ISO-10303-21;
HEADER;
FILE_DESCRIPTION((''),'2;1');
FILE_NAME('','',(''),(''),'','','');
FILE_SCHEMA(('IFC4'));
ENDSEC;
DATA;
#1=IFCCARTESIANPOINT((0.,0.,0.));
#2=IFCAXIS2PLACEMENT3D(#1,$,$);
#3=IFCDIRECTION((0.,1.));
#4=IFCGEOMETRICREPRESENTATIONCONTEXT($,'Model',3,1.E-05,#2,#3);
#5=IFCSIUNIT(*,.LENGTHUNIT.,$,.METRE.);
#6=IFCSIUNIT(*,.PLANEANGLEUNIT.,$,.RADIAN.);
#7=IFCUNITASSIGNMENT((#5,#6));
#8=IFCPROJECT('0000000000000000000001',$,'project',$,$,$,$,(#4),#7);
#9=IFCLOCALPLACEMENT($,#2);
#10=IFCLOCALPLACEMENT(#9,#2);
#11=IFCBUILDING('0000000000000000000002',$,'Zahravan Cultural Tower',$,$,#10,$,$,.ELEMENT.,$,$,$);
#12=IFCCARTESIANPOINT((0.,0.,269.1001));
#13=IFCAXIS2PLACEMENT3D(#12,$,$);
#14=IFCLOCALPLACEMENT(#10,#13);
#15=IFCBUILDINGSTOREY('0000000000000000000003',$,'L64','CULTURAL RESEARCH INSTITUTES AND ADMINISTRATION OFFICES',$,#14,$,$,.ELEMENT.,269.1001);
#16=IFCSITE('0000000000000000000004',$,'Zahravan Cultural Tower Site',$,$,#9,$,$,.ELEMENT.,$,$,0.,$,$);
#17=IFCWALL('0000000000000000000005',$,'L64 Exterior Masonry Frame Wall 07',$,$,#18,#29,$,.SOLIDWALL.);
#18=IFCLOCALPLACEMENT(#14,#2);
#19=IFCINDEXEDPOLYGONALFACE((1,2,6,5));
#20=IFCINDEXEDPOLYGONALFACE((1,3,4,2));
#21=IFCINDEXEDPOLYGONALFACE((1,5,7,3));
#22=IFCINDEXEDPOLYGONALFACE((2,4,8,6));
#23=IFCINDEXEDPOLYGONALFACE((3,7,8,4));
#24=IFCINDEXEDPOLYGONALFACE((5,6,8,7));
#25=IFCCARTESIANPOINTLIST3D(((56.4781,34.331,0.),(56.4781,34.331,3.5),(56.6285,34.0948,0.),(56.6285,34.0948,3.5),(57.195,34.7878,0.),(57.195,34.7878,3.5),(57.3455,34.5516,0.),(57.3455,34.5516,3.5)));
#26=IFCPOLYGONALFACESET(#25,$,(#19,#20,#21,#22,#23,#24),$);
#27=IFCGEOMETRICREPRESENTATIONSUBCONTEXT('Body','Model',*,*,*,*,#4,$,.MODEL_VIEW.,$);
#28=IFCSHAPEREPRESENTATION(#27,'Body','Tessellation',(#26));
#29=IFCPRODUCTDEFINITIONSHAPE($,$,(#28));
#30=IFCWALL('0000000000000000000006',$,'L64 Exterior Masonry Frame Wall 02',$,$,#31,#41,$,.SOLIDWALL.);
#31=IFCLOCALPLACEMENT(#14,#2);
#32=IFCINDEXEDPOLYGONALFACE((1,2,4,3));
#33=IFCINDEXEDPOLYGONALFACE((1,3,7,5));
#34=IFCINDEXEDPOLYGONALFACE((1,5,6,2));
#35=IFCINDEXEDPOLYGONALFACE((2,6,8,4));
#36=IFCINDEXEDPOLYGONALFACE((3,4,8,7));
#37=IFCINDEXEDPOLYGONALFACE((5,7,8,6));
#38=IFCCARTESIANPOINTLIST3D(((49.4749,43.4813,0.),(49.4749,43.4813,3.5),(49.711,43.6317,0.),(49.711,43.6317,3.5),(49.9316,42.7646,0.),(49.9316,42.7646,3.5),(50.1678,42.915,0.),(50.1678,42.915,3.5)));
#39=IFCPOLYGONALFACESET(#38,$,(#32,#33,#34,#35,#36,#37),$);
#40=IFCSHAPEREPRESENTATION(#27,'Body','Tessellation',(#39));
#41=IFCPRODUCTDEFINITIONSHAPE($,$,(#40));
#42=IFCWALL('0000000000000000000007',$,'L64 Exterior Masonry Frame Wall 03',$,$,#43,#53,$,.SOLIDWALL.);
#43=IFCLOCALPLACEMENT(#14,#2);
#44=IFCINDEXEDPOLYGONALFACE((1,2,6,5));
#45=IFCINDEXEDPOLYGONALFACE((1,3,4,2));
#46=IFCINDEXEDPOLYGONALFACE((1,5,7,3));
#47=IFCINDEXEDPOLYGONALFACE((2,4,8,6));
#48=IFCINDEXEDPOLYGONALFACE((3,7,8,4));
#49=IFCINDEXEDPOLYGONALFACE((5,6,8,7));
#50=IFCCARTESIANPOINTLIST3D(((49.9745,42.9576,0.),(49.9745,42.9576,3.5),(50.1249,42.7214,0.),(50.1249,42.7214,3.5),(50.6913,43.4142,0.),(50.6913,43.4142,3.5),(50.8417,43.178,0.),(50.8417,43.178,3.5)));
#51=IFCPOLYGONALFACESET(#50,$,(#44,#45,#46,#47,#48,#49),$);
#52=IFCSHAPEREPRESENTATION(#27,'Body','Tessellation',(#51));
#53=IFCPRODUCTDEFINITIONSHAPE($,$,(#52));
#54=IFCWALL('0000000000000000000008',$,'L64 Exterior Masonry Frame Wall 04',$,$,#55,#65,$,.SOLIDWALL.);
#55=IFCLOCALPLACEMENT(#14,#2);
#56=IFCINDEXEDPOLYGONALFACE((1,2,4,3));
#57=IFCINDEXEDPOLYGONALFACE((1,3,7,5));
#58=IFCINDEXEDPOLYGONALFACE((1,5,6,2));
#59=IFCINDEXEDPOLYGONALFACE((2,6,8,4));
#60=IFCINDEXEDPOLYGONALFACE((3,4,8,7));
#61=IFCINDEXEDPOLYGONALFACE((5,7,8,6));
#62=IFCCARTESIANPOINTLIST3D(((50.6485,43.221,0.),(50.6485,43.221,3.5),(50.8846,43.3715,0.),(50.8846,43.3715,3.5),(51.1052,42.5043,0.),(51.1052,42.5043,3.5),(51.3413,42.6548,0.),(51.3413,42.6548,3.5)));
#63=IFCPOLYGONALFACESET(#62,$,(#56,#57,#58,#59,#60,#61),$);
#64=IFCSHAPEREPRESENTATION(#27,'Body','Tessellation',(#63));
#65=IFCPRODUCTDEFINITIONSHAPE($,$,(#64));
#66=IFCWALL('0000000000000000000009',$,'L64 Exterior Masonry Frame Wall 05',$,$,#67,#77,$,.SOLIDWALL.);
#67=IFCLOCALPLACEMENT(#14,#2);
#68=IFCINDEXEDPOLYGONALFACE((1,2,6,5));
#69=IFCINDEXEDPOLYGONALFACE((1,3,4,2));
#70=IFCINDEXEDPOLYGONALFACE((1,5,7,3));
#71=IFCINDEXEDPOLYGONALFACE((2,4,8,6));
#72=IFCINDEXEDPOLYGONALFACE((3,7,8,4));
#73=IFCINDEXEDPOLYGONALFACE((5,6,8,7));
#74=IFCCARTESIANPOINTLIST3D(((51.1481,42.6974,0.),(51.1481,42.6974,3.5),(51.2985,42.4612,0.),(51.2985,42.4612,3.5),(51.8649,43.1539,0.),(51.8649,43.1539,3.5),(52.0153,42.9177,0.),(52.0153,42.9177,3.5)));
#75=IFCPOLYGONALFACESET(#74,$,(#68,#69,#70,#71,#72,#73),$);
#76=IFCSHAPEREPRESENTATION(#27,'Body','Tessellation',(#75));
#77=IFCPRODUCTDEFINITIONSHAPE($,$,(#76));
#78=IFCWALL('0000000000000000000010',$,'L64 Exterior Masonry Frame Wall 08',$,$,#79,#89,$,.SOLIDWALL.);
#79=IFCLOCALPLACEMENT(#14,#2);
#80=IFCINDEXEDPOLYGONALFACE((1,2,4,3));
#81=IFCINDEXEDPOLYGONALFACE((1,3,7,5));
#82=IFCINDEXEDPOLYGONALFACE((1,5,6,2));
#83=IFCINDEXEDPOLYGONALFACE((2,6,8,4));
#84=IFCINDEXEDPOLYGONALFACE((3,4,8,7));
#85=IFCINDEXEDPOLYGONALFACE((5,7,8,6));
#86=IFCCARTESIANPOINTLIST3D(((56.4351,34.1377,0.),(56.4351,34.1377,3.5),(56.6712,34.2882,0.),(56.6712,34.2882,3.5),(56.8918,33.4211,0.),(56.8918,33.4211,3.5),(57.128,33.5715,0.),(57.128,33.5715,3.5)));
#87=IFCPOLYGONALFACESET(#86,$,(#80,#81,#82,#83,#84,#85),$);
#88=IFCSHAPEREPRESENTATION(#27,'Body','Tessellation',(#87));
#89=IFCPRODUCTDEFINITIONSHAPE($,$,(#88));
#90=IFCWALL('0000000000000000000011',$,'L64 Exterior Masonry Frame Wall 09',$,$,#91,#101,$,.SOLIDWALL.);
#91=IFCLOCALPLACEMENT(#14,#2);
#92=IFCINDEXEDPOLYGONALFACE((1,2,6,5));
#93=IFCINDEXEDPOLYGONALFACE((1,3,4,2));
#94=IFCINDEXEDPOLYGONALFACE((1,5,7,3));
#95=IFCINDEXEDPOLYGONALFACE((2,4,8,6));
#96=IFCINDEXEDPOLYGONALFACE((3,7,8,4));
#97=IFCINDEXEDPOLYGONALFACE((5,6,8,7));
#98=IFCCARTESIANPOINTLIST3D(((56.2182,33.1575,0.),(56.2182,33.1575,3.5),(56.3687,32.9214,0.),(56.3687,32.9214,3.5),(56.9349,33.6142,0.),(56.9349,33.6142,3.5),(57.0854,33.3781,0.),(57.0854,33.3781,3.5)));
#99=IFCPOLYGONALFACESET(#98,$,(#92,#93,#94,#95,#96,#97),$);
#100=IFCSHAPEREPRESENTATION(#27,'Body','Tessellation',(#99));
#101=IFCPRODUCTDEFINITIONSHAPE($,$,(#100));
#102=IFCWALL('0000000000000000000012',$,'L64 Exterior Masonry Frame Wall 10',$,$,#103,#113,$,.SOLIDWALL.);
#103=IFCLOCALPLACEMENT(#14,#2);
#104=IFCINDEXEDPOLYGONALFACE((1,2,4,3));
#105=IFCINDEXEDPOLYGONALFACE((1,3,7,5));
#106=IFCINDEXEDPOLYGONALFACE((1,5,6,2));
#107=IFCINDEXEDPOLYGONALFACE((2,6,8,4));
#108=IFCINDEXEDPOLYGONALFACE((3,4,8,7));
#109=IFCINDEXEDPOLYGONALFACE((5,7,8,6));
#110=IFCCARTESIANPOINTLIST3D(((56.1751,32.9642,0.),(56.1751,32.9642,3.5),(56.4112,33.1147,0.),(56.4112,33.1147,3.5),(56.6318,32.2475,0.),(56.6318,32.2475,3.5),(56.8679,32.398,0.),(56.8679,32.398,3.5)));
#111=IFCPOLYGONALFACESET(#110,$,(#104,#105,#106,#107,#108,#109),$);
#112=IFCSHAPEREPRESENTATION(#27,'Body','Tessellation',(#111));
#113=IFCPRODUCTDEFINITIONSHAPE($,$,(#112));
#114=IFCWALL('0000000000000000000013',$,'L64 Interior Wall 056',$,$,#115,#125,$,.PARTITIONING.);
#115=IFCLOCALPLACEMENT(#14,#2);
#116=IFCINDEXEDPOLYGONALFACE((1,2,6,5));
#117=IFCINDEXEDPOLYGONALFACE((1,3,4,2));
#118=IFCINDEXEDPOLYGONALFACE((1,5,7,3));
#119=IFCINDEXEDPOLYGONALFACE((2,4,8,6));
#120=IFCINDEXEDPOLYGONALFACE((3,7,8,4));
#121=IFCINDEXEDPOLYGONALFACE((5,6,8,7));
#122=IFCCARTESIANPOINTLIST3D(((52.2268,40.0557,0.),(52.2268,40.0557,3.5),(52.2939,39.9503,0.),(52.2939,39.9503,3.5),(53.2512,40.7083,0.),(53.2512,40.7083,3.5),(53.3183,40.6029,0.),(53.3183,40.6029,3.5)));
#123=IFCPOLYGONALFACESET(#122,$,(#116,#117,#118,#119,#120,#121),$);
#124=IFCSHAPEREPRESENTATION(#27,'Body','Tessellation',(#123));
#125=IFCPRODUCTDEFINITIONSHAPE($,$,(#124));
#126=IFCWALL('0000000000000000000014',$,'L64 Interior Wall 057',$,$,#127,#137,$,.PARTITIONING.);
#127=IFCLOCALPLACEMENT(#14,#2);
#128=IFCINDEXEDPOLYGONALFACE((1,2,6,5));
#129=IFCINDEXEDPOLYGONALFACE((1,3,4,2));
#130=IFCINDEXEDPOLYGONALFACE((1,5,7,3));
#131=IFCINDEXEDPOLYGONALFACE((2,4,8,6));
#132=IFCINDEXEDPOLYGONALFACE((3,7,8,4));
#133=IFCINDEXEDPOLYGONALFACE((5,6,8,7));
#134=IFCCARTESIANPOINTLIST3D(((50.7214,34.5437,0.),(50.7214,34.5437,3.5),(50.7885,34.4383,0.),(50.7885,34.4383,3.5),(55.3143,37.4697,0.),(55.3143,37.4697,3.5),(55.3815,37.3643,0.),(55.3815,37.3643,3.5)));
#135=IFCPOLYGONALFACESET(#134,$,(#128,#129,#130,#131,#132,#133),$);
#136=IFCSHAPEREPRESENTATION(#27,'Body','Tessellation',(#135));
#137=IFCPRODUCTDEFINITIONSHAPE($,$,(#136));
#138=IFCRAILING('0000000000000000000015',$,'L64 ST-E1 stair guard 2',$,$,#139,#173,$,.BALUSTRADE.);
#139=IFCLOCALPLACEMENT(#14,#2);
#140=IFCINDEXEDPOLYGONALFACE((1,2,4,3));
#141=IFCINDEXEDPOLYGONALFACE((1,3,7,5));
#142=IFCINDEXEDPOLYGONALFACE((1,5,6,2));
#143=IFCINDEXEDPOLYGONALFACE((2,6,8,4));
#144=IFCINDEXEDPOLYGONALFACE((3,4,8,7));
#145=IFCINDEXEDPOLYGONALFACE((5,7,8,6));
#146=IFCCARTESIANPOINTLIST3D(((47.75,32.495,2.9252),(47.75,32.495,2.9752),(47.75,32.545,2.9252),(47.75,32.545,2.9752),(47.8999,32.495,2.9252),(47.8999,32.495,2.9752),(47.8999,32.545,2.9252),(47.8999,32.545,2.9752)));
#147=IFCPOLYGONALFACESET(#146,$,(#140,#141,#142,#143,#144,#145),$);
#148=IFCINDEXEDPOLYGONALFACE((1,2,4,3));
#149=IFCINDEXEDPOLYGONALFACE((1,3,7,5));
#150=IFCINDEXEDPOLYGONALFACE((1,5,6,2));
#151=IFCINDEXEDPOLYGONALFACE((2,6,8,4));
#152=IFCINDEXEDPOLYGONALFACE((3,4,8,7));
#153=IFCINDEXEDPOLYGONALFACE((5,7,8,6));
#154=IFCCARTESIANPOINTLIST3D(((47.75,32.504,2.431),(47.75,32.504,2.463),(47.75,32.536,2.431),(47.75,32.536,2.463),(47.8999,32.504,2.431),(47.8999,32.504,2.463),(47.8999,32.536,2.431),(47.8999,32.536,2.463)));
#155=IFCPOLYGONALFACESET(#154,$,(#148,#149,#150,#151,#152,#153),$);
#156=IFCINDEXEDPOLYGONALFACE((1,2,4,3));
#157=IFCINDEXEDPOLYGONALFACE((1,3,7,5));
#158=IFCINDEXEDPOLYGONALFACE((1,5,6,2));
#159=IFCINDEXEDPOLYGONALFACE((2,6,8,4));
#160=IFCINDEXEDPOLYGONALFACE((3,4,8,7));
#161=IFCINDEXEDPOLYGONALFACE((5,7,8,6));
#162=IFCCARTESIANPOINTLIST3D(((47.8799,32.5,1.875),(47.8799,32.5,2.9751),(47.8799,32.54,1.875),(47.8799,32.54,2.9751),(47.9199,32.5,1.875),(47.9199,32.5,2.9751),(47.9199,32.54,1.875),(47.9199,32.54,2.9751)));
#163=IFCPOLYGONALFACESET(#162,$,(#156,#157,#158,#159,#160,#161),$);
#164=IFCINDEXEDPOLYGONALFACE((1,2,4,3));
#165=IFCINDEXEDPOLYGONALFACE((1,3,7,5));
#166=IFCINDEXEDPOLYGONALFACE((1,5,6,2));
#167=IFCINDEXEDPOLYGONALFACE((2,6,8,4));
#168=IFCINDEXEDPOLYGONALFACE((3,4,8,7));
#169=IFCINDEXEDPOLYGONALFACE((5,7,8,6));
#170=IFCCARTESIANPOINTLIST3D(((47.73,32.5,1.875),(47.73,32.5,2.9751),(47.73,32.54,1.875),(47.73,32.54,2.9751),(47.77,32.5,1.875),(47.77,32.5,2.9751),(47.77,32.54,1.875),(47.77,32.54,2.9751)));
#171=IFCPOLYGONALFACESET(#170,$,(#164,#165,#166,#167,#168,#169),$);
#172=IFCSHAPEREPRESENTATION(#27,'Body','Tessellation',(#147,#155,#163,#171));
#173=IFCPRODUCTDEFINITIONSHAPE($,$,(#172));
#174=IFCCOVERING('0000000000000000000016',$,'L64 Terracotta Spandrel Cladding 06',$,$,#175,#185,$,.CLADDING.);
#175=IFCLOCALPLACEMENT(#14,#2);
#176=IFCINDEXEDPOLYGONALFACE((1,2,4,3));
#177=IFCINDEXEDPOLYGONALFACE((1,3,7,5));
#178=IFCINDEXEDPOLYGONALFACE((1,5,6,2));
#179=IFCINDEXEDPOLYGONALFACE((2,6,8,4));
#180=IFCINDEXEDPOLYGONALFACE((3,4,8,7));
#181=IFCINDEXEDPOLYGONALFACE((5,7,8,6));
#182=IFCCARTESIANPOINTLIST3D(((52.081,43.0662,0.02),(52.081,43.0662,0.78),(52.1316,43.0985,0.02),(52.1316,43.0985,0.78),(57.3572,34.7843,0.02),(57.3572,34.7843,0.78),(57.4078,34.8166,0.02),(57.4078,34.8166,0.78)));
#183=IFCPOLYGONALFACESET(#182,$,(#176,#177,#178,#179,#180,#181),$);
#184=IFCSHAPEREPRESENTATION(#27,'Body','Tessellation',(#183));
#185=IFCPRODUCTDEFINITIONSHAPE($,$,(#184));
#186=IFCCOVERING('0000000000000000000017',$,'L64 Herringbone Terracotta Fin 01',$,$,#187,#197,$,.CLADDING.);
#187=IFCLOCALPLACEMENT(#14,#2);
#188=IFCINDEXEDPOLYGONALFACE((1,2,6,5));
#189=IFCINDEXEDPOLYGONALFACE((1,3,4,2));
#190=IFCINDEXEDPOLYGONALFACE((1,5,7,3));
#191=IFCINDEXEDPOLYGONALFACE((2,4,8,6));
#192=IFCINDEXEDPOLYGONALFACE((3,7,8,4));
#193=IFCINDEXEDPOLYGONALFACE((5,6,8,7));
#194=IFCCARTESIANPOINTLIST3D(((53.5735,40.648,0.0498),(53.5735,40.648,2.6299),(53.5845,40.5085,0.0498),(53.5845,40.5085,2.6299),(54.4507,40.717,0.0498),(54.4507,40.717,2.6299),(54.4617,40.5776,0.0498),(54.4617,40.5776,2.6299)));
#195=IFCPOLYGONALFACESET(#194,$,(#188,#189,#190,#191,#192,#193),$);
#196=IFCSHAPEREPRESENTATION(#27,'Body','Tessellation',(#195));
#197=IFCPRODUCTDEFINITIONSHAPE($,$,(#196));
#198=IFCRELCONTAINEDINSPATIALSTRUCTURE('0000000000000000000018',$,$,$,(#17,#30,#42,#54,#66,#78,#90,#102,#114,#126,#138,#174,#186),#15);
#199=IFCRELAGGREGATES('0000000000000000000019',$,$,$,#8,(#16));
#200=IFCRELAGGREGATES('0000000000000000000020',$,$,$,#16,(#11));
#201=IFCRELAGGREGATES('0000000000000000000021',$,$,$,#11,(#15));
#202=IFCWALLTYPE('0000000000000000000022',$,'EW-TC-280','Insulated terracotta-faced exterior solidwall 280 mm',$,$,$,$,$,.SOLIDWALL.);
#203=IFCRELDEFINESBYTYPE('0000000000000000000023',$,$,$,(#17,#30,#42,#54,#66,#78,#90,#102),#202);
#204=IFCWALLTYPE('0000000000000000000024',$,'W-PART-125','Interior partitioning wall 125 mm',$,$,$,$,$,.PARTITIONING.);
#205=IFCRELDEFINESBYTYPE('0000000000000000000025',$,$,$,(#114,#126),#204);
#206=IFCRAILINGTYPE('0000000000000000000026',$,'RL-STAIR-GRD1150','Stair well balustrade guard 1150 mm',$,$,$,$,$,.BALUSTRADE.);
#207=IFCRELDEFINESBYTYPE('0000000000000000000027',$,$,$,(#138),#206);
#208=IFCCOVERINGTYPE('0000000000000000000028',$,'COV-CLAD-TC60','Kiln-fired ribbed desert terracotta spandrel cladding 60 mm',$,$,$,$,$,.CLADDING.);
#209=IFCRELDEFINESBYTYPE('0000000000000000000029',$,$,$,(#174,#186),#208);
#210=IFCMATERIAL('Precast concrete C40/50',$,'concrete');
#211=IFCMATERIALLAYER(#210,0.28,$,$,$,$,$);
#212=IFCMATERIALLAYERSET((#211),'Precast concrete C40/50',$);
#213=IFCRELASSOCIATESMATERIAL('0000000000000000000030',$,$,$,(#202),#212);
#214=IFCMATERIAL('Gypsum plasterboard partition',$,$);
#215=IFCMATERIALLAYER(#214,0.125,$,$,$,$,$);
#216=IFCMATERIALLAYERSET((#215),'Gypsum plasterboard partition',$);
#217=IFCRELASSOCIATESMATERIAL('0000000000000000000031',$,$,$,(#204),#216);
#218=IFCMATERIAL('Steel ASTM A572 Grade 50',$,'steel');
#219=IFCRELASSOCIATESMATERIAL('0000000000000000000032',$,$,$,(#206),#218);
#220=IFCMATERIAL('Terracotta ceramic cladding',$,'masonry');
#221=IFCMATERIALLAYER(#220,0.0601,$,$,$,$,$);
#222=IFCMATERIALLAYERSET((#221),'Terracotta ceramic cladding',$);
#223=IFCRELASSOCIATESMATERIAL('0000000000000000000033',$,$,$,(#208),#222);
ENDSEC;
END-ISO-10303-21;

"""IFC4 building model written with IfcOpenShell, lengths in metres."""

from ifc_helpers import new_model, si_unit, direction, frame, frame_2d, origin, origin_2d, place, context, subcontext, project, spatial, rectangle, extrude, source, transform, mapped, material, layer, layer_set, type_object, element, save


model = new_model("IFC4")

# Units and contexts
model_context = context("Model", 3, precision=1e-05, world=origin(), true_north=direction((0.0, 1.0)))
body_context = subcontext(model_context, "Body", "Model", "MODEL_VIEW")
ifc_project = project(units=[si_unit("LENGTHUNIT", "METRE"), si_unit("PLANEANGLEUNIT", "RADIAN")], contexts=[model_context])

# Site, building, storey
site_placement = place(None, origin())
site = spatial("IfcSite", under=ifc_project, at=site_placement, Name="Zahravan Cultural Tower Site", CompositionType="ELEMENT", RefElevation=0.0)
building_placement = place(site_placement, origin())
building = spatial("IfcBuilding", under=site, at=building_placement, Name="Zahravan Cultural Tower", CompositionType="ELEMENT")
storey_placement = place(building_placement, frame((0.0, 0.0, 269.1001)))
storey = spatial("IfcBuildingStorey", under=building, at=storey_placement, Name="L64", Description="CULTURAL RESEARCH INSTITUTES AND ADMINISTRATION OFFICES", CompositionType="ELEMENT", Elevation=269.1001)

# Shared definitions
ifc_material_1 = material(Name="Precast concrete C40/50", Category="concrete")
ifc_layer_1 = layer(ifc_material_1, 0.28)
ifc_layer_set_1 = layer_set([ifc_layer_1], Name="Precast concrete C40/50")
wall_type_1 = type_object("IfcWallType", Name="EW-TC-280", Description="Insulated terracotta-faced exterior solidwall 280 mm", PredefinedType="SOLIDWALL", material=ifc_layer_set_1)

# Shared definitions
ifc_material_2 = material(Name="Gypsum plasterboard partition")
ifc_layer_2 = layer(ifc_material_2, 0.125)
ifc_layer_set_2 = layer_set([ifc_layer_2], Name="Gypsum plasterboard partition")
wall_type_2 = type_object("IfcWallType", Name="W-PART-125", Description="Interior partitioning wall 125 mm", PredefinedType="PARTITIONING", material=ifc_layer_set_2)

# Walls
shared_shape_1 = source(origin(), body_context, "Body", "SweptSolid", [
    extrude(rectangle(XDim=0.8501, YDim=0.28, at=frame_2d((0.425, 0.0))), origin(), (0.0, 0.0, 1.0), 3.5),
])
wall_1_placement = place(storey_placement, frame((57.2703, 34.6697, 0.0), z_axis=(0.0, 0.0, 1.0), x_axis=(-0.843401, -0.537284, 0.0)))
element("IfcWall", 1, at=wall_1_placement, inside=storey, type_object=wall_type_1, Name="L64 Exterior Masonry Frame Wall 07", PredefinedType="SOLIDWALL", context=body_context, shape_type="MappedRepresentation", body=[
    mapped(shared_shape_1, transform((0.0, 0.0, 0.0), x_axis=(1.0, 0.0, 0.0), y_axis=(0.0, 1.0, 0.0), z_axis=(0.0, 0.0, 1.0), scale=1.0)),
])
shared_shape_2 = source(origin(), body_context, "Body", "SweptSolid", [
    extrude(rectangle(XDim=0.8499, YDim=0.28, at=frame_2d((0.4248, 0.0))), origin(), (0.0, 0.0, 1.0), 3.5),
])
for number, where, z_axis, x_axis, name in (
    (2, (49.593, 43.5564, 0.0), (0.0, 0.0, 1.0), (0.537414, -0.843318, 0.0), "L64 Exterior Masonry Frame Wall 02"),
    (3, (50.0498, 42.8396, 0.0), (0.0, 0.0, 1.0), (0.843448, 0.53721, 0.0), "L64 Exterior Masonry Frame Wall 03"),
    (4, (50.7666, 43.2961, 0.0), (0.0, 0.0, 1.0), (0.537414, -0.843318, 0.0), "L64 Exterior Masonry Frame Wall 04"),
    (5, (51.2234, 42.5793, 0.0), (0.0, 0.0, 1.0), (0.843448, 0.53721, 0.0), "L64 Exterior Masonry Frame Wall 05"),
    (6, (56.5532, 34.2129, 0.0), (0.0, 0.0, 1.0), (0.537414, -0.843318, 0.0), "L64 Exterior Masonry Frame Wall 08"),
    (7, (57.01, 33.4961, 0.0), (0.0, 0.0, 1.0), (-0.843318, -0.537414, 0.0), "L64 Exterior Masonry Frame Wall 09"),
    (8, (56.2932, 33.0393, 0.0), (0.0, 0.0, 1.0), (0.537414, -0.843318, 0.0), "L64 Exterior Masonry Frame Wall 10"),
):
    element("IfcWall", number, at=place(storey_placement, frame(where, z_axis=z_axis, x_axis=x_axis)), inside=storey, type_object=wall_type_1, Name=name, PredefinedType="SOLIDWALL", context=body_context, shape_type="MappedRepresentation", body=[
        mapped(shared_shape_2, transform((0.0, 0.0, 0.0), x_axis=(1.0, 0.0, 0.0), y_axis=(0.0, 1.0, 0.0), z_axis=(0.0, 0.0, 1.0), scale=1.0)),
    ])
shared_shape_3 = source(origin(), body_context, "Body", "SweptSolid", [
    extrude(rectangle(XDim=1.2146, YDim=0.125, at=frame_2d((0.6074, 0.0))), origin(), (0.0, 0.0, 1.0), 3.5),
])
wall_2_placement = place(storey_placement, frame((52.2603, 40.0029, 0.0), z_axis=(0.0, 0.0, 1.0), x_axis=(0.843405, 0.537279, 0.0)))
element("IfcWall", 9, at=wall_2_placement, inside=storey, type_object=wall_type_2, Name="L64 Interior Wall 056", PredefinedType="PARTITIONING", context=body_context, shape_type="MappedRepresentation", body=[
    mapped(shared_shape_3, transform((0.0, 0.0, 0.0), x_axis=(1.0, 0.0, 0.0), y_axis=(0.0, 1.0, 0.0), z_axis=(0.0, 0.0, 1.0), scale=1.0)),
])
shared_shape_4 = source(origin(), body_context, "Body", "SweptSolid", [
    extrude(rectangle(XDim=5.4458, YDim=0.125, at=frame_2d((2.7229, 0.0))), origin(), (0.0, 0.0, 1.0), 3.5),
])
wall_3_placement = place(storey_placement, frame((55.3479, 37.417, 0.0), z_axis=(0.0, 0.0, 1.0), x_axis=(-0.843396, -0.537293, 0.0)))
element("IfcWall", 10, at=wall_3_placement, inside=storey, type_object=wall_type_2, Name="L64 Interior Wall 057", PredefinedType="PARTITIONING", context=body_context, shape_type="MappedRepresentation", body=[
    mapped(shared_shape_4, transform((0.0, 0.0, 0.0), x_axis=(1.0, 0.0, 0.0), y_axis=(0.0, 1.0, 0.0), z_axis=(0.0, 0.0, 1.0), scale=1.0)),
])

# Railing
ifc_material_3 = material(Name="Steel ASTM A572 Grade 50", Category="steel")
railing_type = type_object("IfcRailingType", Name="RL-STAIR-GRD1150", Description="Stair well balustrade guard 1150 mm", PredefinedType="BALUSTRADE", material=ifc_material_3)
railing_placement = place(storey_placement, frame((47.8999, 32.52, 1.875)))
element("IfcRailing", 11, at=railing_placement, inside=storey, type_object=railing_type, Name="L64 ST-E1 stair guard 2", PredefinedType="BALUSTRADE", context=body_context, shape_type="SweptSolid", body=[
    extrude(rectangle(XDim=0.05, YDim=0.05, at=origin_2d()), frame((0.0, 0.0, 1.0752), z_axis=(-1.0, 0.0, 0.0), x_axis=(0.0, -1.0, 0.0)), (0.0, 0.0, 1.0), 0.1499),
    extrude(rectangle(XDim=0.032, YDim=0.032, at=origin_2d()), frame((0.0, 0.0, 0.572), z_axis=(-1.0, 0.0, 0.0), x_axis=(0.0, -1.0, 0.0)), (0.0, 0.0, 1.0), 0.1499),
    extrude(rectangle(XDim=0.04, YDim=0.04, at=origin_2d()), origin(), (0.0, 0.0, 1.0), 1.1001),
    extrude(rectangle(XDim=0.04, YDim=0.04, at=origin_2d()), frame((-0.1499, 0.0, 0.0)), (0.0, 0.0, 1.0), 1.1001),
])

# Coverings
ifc_material_4 = material(Name="Terracotta ceramic cladding", Category="masonry")
ifc_layer_3 = layer(ifc_material_4, 0.0601)
ifc_layer_set_3 = layer_set([ifc_layer_3], Name="Terracotta ceramic cladding")
covering_type = type_object("IfcCoveringType", Name="COV-CLAD-TC60", Description="Kiln-fired ribbed desert terracotta spandrel cladding 60 mm", PredefinedType="CLADDING", material=ifc_layer_set_3)
shared_shape_5 = source(origin(), body_context, "Body", "SweptSolid", [
    extrude(rectangle(XDim=9.8198, YDim=0.0601, at=origin_2d()), origin(), (0.0, 0.0, 1.0), 0.76),
])
covering_placement = place(storey_placement, frame((54.7444, 38.9414, 0.02), z_axis=(0.0, 0.0, 1.0), x_axis=(0.5373, -0.843391, 0.0)))
element("IfcCovering", 12, at=covering_placement, inside=storey, type_object=covering_type, Name="L64 Terracotta Spandrel Cladding 06", PredefinedType="CLADDING", context=body_context, shape_type="MappedRepresentation", body=[
    mapped(shared_shape_5, transform((0.0, 0.0, 0.0), x_axis=(1.0, 0.0, 0.0), y_axis=(0.0, 1.0, 0.0), z_axis=(0.0, 0.0, 1.0), scale=1.0)),
])
shared_shape_6 = source(origin(), body_context, "Body", "SweptSolid", [
    extrude(rectangle(XDim=0.8799, YDim=0.1399, at=origin_2d()), origin(), (0.0, 0.0, 1.0), 2.5801),
])
for number, where, z_axis, x_axis, name in (
    (13, (54.0176, 40.6128, 0.0498), (0.0, 0.0, 1.0), (0.996917, 0.078459, 0.0), "L64 Herringbone Terracotta Fin 01"),
):
    element("IfcCovering", number, at=place(storey_placement, frame(where, z_axis=z_axis, x_axis=x_axis)), inside=storey, type_object=covering_type, Name=name, PredefinedType="CLADDING", context=body_context, shape_type="MappedRepresentation", body=[
        mapped(shared_shape_6, transform((0.0, 0.0, 0.0), x_axis=(1.0, 0.0, 0.0), y_axis=(0.0, 1.0, 0.0), z_axis=(0.0, 0.0, 1.0), scale=1.0)),
    ])

save(model, "model.ifc")
